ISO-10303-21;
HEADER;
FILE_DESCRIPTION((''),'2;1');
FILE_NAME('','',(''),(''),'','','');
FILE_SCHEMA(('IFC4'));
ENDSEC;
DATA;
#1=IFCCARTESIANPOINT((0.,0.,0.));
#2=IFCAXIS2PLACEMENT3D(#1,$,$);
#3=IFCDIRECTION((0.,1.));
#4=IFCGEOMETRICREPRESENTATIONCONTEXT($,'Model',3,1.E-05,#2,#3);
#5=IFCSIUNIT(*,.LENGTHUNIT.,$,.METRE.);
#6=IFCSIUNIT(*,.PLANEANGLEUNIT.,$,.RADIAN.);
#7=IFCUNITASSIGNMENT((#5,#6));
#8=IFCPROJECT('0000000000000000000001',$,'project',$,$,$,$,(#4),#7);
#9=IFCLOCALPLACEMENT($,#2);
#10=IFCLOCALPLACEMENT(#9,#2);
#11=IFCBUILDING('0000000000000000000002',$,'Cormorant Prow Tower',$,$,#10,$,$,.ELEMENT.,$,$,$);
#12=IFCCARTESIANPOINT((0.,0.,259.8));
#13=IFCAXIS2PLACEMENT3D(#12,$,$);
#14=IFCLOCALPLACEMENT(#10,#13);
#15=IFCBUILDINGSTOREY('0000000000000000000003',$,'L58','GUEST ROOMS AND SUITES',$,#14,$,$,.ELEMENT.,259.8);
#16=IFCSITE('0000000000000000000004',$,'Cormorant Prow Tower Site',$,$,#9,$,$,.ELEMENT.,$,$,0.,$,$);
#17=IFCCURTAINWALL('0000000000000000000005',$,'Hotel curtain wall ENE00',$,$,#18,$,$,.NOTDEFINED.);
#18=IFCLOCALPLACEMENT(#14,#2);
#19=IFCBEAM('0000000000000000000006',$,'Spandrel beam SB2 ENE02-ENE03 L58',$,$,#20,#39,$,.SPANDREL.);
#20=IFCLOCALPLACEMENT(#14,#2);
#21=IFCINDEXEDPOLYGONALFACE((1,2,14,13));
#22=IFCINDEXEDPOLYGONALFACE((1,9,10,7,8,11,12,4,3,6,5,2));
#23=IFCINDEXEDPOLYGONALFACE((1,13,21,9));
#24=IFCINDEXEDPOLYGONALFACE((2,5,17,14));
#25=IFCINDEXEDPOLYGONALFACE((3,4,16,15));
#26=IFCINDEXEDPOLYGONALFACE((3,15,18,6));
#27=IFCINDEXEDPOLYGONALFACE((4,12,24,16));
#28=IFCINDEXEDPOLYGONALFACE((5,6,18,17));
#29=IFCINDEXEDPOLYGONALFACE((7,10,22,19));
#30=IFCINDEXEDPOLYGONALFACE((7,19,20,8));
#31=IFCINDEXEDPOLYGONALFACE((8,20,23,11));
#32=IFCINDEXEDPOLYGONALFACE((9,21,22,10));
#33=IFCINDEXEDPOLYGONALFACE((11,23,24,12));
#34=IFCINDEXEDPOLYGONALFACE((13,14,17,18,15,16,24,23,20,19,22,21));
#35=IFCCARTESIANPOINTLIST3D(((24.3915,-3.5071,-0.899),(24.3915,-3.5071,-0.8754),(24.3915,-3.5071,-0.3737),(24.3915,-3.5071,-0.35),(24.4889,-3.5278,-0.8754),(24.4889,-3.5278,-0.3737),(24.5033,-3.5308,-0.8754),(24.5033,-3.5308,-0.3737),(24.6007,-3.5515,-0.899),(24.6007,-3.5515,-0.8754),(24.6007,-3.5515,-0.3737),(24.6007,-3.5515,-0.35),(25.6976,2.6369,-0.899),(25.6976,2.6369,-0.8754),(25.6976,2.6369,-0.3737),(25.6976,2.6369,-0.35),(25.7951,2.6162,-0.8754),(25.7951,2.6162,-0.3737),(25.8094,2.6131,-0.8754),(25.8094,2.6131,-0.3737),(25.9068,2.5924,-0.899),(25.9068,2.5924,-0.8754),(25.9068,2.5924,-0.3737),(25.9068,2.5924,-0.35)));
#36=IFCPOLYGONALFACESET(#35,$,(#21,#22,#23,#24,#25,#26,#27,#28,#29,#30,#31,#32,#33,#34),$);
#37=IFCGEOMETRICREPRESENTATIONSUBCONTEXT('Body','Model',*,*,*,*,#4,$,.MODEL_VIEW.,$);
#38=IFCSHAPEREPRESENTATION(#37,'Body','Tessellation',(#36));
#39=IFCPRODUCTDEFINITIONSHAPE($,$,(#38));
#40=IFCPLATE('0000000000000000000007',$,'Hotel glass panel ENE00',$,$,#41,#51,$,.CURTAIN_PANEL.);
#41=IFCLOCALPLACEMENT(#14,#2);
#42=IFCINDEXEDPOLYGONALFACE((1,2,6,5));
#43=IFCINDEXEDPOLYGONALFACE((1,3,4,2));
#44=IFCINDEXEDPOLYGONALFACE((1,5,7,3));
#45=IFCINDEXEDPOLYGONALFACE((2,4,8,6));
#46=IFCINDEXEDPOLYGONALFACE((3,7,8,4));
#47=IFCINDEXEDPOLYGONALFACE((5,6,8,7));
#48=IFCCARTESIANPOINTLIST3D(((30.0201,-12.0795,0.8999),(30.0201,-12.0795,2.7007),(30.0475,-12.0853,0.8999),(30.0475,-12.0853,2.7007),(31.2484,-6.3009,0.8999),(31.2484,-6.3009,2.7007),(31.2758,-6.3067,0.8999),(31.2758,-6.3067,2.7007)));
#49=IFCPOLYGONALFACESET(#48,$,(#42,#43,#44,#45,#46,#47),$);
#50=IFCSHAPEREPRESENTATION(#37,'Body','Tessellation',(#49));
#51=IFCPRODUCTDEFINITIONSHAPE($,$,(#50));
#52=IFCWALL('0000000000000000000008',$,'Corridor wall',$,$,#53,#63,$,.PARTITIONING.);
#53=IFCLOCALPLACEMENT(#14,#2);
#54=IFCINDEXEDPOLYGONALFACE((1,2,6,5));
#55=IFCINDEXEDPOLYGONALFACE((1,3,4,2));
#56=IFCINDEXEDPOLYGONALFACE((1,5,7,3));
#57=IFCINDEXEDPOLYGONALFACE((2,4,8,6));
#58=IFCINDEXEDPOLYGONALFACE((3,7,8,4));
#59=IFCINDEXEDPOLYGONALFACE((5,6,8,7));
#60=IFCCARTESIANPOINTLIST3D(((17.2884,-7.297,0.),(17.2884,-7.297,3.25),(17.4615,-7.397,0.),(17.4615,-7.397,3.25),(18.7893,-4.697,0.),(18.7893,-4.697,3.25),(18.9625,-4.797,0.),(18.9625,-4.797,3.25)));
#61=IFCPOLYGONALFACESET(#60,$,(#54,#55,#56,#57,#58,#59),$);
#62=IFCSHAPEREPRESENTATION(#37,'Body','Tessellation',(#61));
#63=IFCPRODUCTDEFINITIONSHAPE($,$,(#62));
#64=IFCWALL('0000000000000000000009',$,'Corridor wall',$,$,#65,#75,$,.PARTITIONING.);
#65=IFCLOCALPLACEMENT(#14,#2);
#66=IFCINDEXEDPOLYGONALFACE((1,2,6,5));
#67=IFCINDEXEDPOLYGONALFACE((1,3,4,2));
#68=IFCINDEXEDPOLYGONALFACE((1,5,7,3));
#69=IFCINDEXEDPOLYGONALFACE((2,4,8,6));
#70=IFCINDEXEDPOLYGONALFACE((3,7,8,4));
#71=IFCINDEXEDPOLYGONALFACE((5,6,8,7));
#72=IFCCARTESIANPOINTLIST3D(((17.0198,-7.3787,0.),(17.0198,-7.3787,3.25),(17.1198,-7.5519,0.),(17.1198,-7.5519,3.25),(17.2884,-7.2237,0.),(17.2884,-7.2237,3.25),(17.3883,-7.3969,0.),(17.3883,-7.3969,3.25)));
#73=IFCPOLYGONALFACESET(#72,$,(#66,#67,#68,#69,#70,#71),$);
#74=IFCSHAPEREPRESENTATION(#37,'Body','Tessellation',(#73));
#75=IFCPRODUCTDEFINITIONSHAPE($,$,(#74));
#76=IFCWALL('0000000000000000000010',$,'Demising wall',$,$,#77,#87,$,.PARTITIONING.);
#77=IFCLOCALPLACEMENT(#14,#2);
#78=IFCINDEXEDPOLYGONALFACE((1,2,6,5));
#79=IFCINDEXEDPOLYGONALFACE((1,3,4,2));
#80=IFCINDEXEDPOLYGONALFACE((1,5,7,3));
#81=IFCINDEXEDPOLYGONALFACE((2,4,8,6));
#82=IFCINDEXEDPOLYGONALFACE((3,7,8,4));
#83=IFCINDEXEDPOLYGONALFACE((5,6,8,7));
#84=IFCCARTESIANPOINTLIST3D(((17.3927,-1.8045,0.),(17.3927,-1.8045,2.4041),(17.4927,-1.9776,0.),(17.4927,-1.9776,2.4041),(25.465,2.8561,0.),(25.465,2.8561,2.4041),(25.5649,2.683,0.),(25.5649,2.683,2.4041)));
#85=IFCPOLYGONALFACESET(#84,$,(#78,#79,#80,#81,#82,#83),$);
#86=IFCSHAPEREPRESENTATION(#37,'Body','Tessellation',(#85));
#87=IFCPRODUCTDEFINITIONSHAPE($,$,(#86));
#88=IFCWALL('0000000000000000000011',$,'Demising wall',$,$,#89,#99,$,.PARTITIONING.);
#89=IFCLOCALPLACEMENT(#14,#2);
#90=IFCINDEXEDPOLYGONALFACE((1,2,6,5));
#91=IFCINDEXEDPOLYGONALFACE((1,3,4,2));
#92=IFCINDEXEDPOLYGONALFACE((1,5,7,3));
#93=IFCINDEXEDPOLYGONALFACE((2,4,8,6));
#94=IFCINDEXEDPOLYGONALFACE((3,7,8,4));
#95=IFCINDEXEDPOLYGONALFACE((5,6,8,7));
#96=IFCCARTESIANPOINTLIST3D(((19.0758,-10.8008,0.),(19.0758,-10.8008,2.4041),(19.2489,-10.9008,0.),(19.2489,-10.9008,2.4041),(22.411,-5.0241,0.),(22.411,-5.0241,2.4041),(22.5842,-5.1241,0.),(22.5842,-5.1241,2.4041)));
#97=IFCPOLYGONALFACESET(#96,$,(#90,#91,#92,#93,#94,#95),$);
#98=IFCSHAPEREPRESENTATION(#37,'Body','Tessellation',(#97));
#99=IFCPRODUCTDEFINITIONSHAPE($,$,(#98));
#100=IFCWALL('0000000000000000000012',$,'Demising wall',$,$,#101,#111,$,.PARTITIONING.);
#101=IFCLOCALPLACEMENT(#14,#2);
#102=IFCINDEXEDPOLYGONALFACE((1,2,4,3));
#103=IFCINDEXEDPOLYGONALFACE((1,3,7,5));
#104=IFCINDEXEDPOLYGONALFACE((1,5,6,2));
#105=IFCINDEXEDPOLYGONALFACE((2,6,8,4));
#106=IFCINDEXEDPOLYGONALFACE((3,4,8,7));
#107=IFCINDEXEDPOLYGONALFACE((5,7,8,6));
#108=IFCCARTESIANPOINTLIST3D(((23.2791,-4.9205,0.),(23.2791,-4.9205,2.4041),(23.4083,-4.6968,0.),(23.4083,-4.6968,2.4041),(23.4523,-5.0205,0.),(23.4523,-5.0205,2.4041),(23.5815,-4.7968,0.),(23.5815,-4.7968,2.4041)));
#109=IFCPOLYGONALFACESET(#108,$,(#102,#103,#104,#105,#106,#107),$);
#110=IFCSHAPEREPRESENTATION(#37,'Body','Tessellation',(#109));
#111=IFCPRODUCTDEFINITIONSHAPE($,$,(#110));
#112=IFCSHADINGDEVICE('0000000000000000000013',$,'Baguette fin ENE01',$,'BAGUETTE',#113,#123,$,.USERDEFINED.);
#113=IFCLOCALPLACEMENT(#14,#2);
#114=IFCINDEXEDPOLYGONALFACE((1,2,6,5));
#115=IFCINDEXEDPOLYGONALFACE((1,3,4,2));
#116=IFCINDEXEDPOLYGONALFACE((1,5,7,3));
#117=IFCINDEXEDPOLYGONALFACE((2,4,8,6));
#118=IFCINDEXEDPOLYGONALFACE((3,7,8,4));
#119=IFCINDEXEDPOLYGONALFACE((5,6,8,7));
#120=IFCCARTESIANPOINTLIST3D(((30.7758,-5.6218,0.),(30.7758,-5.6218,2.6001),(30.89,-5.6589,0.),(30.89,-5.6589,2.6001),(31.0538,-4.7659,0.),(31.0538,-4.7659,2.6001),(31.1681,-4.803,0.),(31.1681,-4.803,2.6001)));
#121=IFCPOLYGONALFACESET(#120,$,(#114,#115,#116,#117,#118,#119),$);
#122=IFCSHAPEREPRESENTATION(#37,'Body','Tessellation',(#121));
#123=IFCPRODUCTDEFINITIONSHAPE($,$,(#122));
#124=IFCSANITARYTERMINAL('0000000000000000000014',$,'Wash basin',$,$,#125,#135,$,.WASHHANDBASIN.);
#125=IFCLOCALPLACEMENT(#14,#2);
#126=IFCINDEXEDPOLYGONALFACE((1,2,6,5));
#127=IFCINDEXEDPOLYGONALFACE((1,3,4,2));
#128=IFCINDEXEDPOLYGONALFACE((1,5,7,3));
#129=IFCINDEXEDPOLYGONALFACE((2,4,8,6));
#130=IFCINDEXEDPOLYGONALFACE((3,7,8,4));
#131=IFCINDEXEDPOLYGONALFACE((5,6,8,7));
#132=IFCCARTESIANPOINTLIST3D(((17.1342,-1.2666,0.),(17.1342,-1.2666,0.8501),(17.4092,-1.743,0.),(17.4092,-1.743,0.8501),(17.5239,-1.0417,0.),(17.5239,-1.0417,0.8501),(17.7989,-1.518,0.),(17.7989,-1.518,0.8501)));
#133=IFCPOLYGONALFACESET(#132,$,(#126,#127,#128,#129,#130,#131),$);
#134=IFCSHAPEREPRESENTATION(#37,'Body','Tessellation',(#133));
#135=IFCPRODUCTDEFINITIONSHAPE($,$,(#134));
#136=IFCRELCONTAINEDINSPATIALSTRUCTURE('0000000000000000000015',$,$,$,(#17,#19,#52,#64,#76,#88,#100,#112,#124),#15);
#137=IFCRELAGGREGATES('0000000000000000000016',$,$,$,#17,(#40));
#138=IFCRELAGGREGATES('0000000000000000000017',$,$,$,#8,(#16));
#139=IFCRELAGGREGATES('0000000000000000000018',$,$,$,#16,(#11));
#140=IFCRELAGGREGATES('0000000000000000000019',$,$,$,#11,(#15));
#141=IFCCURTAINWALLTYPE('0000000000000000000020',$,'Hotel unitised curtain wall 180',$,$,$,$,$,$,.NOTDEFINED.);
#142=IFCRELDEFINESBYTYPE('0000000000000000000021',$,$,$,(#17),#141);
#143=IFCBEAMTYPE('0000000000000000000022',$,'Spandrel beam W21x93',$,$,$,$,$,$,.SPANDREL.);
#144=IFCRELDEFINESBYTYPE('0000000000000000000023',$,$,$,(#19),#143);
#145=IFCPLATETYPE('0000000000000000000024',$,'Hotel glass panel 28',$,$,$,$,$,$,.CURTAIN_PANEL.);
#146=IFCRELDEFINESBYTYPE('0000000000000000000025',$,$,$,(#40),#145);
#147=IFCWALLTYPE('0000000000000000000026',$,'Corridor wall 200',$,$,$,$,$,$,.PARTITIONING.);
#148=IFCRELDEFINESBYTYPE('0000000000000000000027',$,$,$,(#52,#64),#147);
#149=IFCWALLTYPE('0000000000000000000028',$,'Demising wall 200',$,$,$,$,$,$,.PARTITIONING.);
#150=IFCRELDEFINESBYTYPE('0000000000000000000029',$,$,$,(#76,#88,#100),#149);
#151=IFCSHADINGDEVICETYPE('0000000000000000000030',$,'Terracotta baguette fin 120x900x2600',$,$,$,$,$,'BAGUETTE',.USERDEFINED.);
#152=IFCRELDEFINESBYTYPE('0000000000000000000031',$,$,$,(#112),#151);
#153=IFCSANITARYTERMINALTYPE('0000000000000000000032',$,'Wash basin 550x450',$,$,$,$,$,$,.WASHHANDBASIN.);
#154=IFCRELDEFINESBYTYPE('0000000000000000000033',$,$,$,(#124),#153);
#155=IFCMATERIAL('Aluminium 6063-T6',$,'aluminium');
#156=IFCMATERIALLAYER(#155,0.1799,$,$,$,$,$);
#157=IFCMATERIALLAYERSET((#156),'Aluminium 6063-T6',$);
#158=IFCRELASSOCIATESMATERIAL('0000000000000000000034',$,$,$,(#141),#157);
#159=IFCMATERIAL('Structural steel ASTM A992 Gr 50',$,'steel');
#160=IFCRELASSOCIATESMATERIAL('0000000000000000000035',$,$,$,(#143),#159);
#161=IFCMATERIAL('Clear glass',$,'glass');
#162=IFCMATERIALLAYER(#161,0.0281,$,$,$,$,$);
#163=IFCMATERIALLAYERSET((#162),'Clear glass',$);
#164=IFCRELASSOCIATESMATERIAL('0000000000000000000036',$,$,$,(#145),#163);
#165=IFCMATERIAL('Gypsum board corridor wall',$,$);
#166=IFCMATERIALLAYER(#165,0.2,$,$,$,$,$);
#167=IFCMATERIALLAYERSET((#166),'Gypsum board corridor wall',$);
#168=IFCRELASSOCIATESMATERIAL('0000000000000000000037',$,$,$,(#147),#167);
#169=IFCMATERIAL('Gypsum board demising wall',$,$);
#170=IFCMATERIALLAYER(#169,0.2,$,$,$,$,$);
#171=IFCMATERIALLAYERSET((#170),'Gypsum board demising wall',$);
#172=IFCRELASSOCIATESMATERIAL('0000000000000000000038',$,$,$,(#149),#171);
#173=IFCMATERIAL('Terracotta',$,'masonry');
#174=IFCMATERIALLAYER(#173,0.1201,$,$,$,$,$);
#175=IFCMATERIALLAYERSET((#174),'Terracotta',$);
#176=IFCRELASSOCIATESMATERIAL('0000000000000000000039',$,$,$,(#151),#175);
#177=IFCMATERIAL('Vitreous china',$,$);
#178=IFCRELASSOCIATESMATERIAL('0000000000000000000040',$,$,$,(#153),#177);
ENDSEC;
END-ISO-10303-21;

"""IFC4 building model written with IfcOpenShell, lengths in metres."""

from ifc_helpers import new_model, si_unit, direction, frame, frame_2d, origin, origin_2d, place, context, subcontext, project, spatial, rectangle, i_section, extrude, material, layer, layer_set, material_profile, profile_set, type_object, element, aggregate, save


model = new_model("IFC4")

# Units and contexts
model_context = context("Model", 3, precision=1e-05, world=origin(), true_north=direction((0.0, 1.0)))
body_context = subcontext(model_context, "Body", "Model", "MODEL_VIEW")
ifc_project = project(units=[si_unit("LENGTHUNIT", "METRE"), si_unit("PLANEANGLEUNIT", "RADIAN")], contexts=[model_context])

# Site, building, storey
site_placement = place(None, origin())
site = spatial("IfcSite", under=ifc_project, at=site_placement, Name="Cormorant Prow Tower Site", CompositionType="ELEMENT", RefElevation=0.0)
building_placement = place(site_placement, origin())
building = spatial("IfcBuilding", under=site, at=building_placement, Name="Cormorant Prow Tower", CompositionType="ELEMENT")
storey_placement = place(building_placement, frame((0.0, 0.0, 259.8)))
storey = spatial("IfcBuildingStorey", under=building, at=storey_placement, Name="L58", Description="GUEST ROOMS AND SUITES", CompositionType="ELEMENT", Elevation=259.8)

# Curtain wall
ifc_material_1 = material(Name="Aluminium 6063-T6", Category="aluminium")
ifc_layer_1 = layer(ifc_material_1, 0.1799)
ifc_layer_set_1 = layer_set([ifc_layer_1], Name="Aluminium 6063-T6")
curtain_wall_type = type_object("IfcCurtainWallType", Name="Hotel unitised curtain wall 180", PredefinedType="NOTDEFINED", material=ifc_layer_set_1)
curtain_wall_1_placement = place(storey_placement, origin())
curtain_wall_1 = element("IfcCurtainWall", 1, at=curtain_wall_1_placement, inside=storey, type_object=curtain_wall_type, Name="Hotel curtain wall ENE00", PredefinedType="NOTDEFINED")

# Beam
ifc_material_2 = material(Name="Structural steel ASTM A992 Gr 50", Category="steel")
ifc_material_profile_1 = material_profile(ifc_material_2, i_section(OverallWidth=0.2139, OverallDepth=0.5491, WebThickness=0.0146, FlangeThickness=0.0237, at=origin_2d()), Name="W21x93")
ifc_profile_set_1 = profile_set([ifc_material_profile_1], Name="Structural steel ASTM A992 Gr 50")
beam_type_1 = type_object("IfcBeamType", Name="Spandrel beam W21x93", PredefinedType="SPANDREL", material=ifc_profile_set_1)
for number, where, z_axis, x_axis, name in (
    (2, (24.4961, -3.5293, -0.6245), (0.207941, 0.978141, 0.0), (-0.978141, 0.207941, 0.0), "Spandrel beam SB2 ENE02-ENE03 L58"),
):
    element("IfcBeam", number, at=place(storey_placement, frame(where, z_axis=z_axis, x_axis=x_axis)), inside=storey, type_object=beam_type_1, Name=name, PredefinedType="SPANDREL", context=body_context, shape_type="SweptSolid", body=[
        extrude(i_section(OverallWidth=0.2139, OverallDepth=0.5491, WebThickness=0.0146, FlangeThickness=0.0237, at=origin_2d()), origin(), (0.0, 0.0, 1.0), 6.2812),
    ])

# Plate
ifc_material_3 = material(Name="Clear glass", Category="glass")
ifc_layer_2 = layer(ifc_material_3, 0.0281)
ifc_layer_set_2 = layer_set([ifc_layer_2], Name="Clear glass")
plate_type = type_object("IfcPlateType", Name="Hotel glass panel 28", PredefinedType="CURTAIN_PANEL", material=ifc_layer_set_2)
plate_placement = place(storey_placement, frame((30.6479, -9.1931, 0.8999), z_axis=(0.0, 0.0, 1.0), x_axis=(0.207912, 0.978148, 0.0)))
plate = element("IfcPlate", 3, at=plate_placement, type_object=plate_type, Name="Hotel glass panel ENE00", PredefinedType="CURTAIN_PANEL", context=body_context, shape_type="SweptSolid", body=[
    extrude(rectangle(XDim=5.9077, YDim=0.0281, at=origin_2d()), origin(), (0.0, 0.0, 1.0), 1.8008),
])
aggregate(curtain_wall_1, [plate])

# Walls
ifc_material_4 = material(Name="Gypsum board corridor wall")
ifc_layer_3 = layer(ifc_material_4, 0.2)
ifc_layer_set_3 = layer_set([ifc_layer_3], Name="Gypsum board corridor wall")
wall_type_1 = type_object("IfcWallType", Name="Corridor wall 200", PredefinedType="PARTITIONING", material=ifc_layer_set_3)
wall_1_placement = place(storey_placement, frame((17.375, -7.3469, 0.0), z_axis=(0.0, 0.0, 1.0), x_axis=(0.499952, 0.866053, 0.0)))
element("IfcWall", 4, at=wall_1_placement, inside=storey, type_object=wall_type_1, Name="Corridor wall", PredefinedType="PARTITIONING", context=body_context, shape_type="SweptSolid", body=[
    extrude(rectangle(XDim=3.0022, YDim=0.2, at=frame_2d((1.501, 0.0))), origin(), (0.0, 0.0, 1.0), 3.25),
])
wall_2_placement = place(storey_placement, frame((17.0698, -7.4653, 0.0), z_axis=(0.0, 0.0, 1.0), x_axis=(0.866054, 0.49995, 0.0)))
element("IfcWall", 5, at=wall_2_placement, inside=storey, type_object=wall_type_1, Name="Corridor wall", PredefinedType="PARTITIONING", context=body_context, shape_type="SweptSolid", body=[
    extrude(rectangle(XDim=0.3101, YDim=0.2, at=frame_2d((0.155, 0.0))), origin(), (0.0, 0.0, 1.0), 3.25),
])
ifc_material_5 = material(Name="Gypsum board demising wall")
ifc_layer_4 = layer(ifc_material_5, 0.2)
ifc_layer_set_4 = layer_set([ifc_layer_4], Name="Gypsum board demising wall")
wall_type_2 = type_object("IfcWallType", Name="Demising wall 200", PredefinedType="PARTITIONING", material=ifc_layer_set_4)
wall_3_placement = place(storey_placement, frame((17.4426, -1.8911, 0.0), z_axis=(0.0, 0.0, 1.0), x_axis=(0.86602, 0.50001, 0.0)))
element("IfcWall", 6, at=wall_3_placement, inside=storey, type_object=wall_type_2, Name="Demising wall", PredefinedType="PARTITIONING", context=body_context, shape_type="SweptSolid", body=[
    extrude(rectangle(XDim=9.321, YDim=0.2, at=frame_2d((4.6606, 0.0))), origin(), (0.0, 0.0, 1.0), 2.4041),
])
wall_4_placement = place(storey_placement, frame((19.1624, -10.8508, 0.0), z_axis=(0.0, 0.0, 1.0), x_axis=(0.500009, 0.86602, 0.0)))
element("IfcWall", 7, at=wall_4_placement, inside=storey, type_object=wall_type_2, Name="Demising wall", PredefinedType="PARTITIONING", context=body_context, shape_type="SweptSolid", body=[
    extrude(rectangle(XDim=6.6704, YDim=0.2, at=frame_2d((3.3352, 0.0))), origin(), (0.0, 0.0, 1.0), 2.4041),
])
wall_5_placement = place(storey_placement, frame((23.3657, -4.9705, 0.0), z_axis=(0.0, 0.0, 1.0), x_axis=(0.500104, 0.865965, 0.0)))
element("IfcWall", 8, at=wall_5_placement, inside=storey, type_object=wall_type_2, Name="Demising wall", PredefinedType="PARTITIONING", context=body_context, shape_type="SweptSolid", body=[
    extrude(rectangle(XDim=0.2583, YDim=0.2, at=frame_2d((0.1292, 0.0))), origin(), (0.0, 0.0, 1.0), 2.4041),
])

# Shading device
ifc_material_6 = material(Name="Terracotta", Category="masonry")
ifc_layer_5 = layer(ifc_material_6, 0.1201)
ifc_layer_set_5 = layer_set([ifc_layer_5], Name="Terracotta")
shading_device_type = type_object("IfcShadingDeviceType", Name="Terracotta baguette fin 120x900x2600", ElementType="BAGUETTE", PredefinedType="USERDEFINED", material=ifc_layer_set_5)
shading_device_placement = place(storey_placement, frame((30.9719, -5.2124, 0.0), z_axis=(0.0, 0.0, 1.0), x_axis=(-0.951057, 0.309017, 0.0)))
element("IfcShadingDevice", 9, at=shading_device_placement, inside=storey, type_object=shading_device_type, Name="Baguette fin ENE01", ObjectType="BAGUETTE", PredefinedType="USERDEFINED", context=body_context, shape_type="SweptSolid", body=[
    extrude(rectangle(XDim=0.1201, YDim=0.8999, at=origin_2d()), origin(), (0.0, 0.0, 1.0), 2.6001),
])

# Sanitary terminal
ifc_material_7 = material(Name="Vitreous china")
sanitary_terminal_type = type_object("IfcSanitaryTerminalType", Name="Wash basin 550x450", PredefinedType="WASHHANDBASIN", material=ifc_material_7)
sanitary_terminal_placement = place(storey_placement, frame((17.4666, -1.3923, 0.0), z_axis=(0.0, 0.0, 1.0), x_axis=(-0.5, 0.866025, 0.0)))
element("IfcSanitaryTerminal", 10, at=sanitary_terminal_placement, inside=storey, type_object=sanitary_terminal_type, Name="Wash basin", PredefinedType="WASHHANDBASIN", context=body_context, shape_type="SweptSolid", body=[
    extrude(rectangle(XDim=0.55, YDim=0.45, at=origin_2d()), origin(), (0.0, 0.0, 1.0), 0.8501),
])

save(model, "model.ifc")
